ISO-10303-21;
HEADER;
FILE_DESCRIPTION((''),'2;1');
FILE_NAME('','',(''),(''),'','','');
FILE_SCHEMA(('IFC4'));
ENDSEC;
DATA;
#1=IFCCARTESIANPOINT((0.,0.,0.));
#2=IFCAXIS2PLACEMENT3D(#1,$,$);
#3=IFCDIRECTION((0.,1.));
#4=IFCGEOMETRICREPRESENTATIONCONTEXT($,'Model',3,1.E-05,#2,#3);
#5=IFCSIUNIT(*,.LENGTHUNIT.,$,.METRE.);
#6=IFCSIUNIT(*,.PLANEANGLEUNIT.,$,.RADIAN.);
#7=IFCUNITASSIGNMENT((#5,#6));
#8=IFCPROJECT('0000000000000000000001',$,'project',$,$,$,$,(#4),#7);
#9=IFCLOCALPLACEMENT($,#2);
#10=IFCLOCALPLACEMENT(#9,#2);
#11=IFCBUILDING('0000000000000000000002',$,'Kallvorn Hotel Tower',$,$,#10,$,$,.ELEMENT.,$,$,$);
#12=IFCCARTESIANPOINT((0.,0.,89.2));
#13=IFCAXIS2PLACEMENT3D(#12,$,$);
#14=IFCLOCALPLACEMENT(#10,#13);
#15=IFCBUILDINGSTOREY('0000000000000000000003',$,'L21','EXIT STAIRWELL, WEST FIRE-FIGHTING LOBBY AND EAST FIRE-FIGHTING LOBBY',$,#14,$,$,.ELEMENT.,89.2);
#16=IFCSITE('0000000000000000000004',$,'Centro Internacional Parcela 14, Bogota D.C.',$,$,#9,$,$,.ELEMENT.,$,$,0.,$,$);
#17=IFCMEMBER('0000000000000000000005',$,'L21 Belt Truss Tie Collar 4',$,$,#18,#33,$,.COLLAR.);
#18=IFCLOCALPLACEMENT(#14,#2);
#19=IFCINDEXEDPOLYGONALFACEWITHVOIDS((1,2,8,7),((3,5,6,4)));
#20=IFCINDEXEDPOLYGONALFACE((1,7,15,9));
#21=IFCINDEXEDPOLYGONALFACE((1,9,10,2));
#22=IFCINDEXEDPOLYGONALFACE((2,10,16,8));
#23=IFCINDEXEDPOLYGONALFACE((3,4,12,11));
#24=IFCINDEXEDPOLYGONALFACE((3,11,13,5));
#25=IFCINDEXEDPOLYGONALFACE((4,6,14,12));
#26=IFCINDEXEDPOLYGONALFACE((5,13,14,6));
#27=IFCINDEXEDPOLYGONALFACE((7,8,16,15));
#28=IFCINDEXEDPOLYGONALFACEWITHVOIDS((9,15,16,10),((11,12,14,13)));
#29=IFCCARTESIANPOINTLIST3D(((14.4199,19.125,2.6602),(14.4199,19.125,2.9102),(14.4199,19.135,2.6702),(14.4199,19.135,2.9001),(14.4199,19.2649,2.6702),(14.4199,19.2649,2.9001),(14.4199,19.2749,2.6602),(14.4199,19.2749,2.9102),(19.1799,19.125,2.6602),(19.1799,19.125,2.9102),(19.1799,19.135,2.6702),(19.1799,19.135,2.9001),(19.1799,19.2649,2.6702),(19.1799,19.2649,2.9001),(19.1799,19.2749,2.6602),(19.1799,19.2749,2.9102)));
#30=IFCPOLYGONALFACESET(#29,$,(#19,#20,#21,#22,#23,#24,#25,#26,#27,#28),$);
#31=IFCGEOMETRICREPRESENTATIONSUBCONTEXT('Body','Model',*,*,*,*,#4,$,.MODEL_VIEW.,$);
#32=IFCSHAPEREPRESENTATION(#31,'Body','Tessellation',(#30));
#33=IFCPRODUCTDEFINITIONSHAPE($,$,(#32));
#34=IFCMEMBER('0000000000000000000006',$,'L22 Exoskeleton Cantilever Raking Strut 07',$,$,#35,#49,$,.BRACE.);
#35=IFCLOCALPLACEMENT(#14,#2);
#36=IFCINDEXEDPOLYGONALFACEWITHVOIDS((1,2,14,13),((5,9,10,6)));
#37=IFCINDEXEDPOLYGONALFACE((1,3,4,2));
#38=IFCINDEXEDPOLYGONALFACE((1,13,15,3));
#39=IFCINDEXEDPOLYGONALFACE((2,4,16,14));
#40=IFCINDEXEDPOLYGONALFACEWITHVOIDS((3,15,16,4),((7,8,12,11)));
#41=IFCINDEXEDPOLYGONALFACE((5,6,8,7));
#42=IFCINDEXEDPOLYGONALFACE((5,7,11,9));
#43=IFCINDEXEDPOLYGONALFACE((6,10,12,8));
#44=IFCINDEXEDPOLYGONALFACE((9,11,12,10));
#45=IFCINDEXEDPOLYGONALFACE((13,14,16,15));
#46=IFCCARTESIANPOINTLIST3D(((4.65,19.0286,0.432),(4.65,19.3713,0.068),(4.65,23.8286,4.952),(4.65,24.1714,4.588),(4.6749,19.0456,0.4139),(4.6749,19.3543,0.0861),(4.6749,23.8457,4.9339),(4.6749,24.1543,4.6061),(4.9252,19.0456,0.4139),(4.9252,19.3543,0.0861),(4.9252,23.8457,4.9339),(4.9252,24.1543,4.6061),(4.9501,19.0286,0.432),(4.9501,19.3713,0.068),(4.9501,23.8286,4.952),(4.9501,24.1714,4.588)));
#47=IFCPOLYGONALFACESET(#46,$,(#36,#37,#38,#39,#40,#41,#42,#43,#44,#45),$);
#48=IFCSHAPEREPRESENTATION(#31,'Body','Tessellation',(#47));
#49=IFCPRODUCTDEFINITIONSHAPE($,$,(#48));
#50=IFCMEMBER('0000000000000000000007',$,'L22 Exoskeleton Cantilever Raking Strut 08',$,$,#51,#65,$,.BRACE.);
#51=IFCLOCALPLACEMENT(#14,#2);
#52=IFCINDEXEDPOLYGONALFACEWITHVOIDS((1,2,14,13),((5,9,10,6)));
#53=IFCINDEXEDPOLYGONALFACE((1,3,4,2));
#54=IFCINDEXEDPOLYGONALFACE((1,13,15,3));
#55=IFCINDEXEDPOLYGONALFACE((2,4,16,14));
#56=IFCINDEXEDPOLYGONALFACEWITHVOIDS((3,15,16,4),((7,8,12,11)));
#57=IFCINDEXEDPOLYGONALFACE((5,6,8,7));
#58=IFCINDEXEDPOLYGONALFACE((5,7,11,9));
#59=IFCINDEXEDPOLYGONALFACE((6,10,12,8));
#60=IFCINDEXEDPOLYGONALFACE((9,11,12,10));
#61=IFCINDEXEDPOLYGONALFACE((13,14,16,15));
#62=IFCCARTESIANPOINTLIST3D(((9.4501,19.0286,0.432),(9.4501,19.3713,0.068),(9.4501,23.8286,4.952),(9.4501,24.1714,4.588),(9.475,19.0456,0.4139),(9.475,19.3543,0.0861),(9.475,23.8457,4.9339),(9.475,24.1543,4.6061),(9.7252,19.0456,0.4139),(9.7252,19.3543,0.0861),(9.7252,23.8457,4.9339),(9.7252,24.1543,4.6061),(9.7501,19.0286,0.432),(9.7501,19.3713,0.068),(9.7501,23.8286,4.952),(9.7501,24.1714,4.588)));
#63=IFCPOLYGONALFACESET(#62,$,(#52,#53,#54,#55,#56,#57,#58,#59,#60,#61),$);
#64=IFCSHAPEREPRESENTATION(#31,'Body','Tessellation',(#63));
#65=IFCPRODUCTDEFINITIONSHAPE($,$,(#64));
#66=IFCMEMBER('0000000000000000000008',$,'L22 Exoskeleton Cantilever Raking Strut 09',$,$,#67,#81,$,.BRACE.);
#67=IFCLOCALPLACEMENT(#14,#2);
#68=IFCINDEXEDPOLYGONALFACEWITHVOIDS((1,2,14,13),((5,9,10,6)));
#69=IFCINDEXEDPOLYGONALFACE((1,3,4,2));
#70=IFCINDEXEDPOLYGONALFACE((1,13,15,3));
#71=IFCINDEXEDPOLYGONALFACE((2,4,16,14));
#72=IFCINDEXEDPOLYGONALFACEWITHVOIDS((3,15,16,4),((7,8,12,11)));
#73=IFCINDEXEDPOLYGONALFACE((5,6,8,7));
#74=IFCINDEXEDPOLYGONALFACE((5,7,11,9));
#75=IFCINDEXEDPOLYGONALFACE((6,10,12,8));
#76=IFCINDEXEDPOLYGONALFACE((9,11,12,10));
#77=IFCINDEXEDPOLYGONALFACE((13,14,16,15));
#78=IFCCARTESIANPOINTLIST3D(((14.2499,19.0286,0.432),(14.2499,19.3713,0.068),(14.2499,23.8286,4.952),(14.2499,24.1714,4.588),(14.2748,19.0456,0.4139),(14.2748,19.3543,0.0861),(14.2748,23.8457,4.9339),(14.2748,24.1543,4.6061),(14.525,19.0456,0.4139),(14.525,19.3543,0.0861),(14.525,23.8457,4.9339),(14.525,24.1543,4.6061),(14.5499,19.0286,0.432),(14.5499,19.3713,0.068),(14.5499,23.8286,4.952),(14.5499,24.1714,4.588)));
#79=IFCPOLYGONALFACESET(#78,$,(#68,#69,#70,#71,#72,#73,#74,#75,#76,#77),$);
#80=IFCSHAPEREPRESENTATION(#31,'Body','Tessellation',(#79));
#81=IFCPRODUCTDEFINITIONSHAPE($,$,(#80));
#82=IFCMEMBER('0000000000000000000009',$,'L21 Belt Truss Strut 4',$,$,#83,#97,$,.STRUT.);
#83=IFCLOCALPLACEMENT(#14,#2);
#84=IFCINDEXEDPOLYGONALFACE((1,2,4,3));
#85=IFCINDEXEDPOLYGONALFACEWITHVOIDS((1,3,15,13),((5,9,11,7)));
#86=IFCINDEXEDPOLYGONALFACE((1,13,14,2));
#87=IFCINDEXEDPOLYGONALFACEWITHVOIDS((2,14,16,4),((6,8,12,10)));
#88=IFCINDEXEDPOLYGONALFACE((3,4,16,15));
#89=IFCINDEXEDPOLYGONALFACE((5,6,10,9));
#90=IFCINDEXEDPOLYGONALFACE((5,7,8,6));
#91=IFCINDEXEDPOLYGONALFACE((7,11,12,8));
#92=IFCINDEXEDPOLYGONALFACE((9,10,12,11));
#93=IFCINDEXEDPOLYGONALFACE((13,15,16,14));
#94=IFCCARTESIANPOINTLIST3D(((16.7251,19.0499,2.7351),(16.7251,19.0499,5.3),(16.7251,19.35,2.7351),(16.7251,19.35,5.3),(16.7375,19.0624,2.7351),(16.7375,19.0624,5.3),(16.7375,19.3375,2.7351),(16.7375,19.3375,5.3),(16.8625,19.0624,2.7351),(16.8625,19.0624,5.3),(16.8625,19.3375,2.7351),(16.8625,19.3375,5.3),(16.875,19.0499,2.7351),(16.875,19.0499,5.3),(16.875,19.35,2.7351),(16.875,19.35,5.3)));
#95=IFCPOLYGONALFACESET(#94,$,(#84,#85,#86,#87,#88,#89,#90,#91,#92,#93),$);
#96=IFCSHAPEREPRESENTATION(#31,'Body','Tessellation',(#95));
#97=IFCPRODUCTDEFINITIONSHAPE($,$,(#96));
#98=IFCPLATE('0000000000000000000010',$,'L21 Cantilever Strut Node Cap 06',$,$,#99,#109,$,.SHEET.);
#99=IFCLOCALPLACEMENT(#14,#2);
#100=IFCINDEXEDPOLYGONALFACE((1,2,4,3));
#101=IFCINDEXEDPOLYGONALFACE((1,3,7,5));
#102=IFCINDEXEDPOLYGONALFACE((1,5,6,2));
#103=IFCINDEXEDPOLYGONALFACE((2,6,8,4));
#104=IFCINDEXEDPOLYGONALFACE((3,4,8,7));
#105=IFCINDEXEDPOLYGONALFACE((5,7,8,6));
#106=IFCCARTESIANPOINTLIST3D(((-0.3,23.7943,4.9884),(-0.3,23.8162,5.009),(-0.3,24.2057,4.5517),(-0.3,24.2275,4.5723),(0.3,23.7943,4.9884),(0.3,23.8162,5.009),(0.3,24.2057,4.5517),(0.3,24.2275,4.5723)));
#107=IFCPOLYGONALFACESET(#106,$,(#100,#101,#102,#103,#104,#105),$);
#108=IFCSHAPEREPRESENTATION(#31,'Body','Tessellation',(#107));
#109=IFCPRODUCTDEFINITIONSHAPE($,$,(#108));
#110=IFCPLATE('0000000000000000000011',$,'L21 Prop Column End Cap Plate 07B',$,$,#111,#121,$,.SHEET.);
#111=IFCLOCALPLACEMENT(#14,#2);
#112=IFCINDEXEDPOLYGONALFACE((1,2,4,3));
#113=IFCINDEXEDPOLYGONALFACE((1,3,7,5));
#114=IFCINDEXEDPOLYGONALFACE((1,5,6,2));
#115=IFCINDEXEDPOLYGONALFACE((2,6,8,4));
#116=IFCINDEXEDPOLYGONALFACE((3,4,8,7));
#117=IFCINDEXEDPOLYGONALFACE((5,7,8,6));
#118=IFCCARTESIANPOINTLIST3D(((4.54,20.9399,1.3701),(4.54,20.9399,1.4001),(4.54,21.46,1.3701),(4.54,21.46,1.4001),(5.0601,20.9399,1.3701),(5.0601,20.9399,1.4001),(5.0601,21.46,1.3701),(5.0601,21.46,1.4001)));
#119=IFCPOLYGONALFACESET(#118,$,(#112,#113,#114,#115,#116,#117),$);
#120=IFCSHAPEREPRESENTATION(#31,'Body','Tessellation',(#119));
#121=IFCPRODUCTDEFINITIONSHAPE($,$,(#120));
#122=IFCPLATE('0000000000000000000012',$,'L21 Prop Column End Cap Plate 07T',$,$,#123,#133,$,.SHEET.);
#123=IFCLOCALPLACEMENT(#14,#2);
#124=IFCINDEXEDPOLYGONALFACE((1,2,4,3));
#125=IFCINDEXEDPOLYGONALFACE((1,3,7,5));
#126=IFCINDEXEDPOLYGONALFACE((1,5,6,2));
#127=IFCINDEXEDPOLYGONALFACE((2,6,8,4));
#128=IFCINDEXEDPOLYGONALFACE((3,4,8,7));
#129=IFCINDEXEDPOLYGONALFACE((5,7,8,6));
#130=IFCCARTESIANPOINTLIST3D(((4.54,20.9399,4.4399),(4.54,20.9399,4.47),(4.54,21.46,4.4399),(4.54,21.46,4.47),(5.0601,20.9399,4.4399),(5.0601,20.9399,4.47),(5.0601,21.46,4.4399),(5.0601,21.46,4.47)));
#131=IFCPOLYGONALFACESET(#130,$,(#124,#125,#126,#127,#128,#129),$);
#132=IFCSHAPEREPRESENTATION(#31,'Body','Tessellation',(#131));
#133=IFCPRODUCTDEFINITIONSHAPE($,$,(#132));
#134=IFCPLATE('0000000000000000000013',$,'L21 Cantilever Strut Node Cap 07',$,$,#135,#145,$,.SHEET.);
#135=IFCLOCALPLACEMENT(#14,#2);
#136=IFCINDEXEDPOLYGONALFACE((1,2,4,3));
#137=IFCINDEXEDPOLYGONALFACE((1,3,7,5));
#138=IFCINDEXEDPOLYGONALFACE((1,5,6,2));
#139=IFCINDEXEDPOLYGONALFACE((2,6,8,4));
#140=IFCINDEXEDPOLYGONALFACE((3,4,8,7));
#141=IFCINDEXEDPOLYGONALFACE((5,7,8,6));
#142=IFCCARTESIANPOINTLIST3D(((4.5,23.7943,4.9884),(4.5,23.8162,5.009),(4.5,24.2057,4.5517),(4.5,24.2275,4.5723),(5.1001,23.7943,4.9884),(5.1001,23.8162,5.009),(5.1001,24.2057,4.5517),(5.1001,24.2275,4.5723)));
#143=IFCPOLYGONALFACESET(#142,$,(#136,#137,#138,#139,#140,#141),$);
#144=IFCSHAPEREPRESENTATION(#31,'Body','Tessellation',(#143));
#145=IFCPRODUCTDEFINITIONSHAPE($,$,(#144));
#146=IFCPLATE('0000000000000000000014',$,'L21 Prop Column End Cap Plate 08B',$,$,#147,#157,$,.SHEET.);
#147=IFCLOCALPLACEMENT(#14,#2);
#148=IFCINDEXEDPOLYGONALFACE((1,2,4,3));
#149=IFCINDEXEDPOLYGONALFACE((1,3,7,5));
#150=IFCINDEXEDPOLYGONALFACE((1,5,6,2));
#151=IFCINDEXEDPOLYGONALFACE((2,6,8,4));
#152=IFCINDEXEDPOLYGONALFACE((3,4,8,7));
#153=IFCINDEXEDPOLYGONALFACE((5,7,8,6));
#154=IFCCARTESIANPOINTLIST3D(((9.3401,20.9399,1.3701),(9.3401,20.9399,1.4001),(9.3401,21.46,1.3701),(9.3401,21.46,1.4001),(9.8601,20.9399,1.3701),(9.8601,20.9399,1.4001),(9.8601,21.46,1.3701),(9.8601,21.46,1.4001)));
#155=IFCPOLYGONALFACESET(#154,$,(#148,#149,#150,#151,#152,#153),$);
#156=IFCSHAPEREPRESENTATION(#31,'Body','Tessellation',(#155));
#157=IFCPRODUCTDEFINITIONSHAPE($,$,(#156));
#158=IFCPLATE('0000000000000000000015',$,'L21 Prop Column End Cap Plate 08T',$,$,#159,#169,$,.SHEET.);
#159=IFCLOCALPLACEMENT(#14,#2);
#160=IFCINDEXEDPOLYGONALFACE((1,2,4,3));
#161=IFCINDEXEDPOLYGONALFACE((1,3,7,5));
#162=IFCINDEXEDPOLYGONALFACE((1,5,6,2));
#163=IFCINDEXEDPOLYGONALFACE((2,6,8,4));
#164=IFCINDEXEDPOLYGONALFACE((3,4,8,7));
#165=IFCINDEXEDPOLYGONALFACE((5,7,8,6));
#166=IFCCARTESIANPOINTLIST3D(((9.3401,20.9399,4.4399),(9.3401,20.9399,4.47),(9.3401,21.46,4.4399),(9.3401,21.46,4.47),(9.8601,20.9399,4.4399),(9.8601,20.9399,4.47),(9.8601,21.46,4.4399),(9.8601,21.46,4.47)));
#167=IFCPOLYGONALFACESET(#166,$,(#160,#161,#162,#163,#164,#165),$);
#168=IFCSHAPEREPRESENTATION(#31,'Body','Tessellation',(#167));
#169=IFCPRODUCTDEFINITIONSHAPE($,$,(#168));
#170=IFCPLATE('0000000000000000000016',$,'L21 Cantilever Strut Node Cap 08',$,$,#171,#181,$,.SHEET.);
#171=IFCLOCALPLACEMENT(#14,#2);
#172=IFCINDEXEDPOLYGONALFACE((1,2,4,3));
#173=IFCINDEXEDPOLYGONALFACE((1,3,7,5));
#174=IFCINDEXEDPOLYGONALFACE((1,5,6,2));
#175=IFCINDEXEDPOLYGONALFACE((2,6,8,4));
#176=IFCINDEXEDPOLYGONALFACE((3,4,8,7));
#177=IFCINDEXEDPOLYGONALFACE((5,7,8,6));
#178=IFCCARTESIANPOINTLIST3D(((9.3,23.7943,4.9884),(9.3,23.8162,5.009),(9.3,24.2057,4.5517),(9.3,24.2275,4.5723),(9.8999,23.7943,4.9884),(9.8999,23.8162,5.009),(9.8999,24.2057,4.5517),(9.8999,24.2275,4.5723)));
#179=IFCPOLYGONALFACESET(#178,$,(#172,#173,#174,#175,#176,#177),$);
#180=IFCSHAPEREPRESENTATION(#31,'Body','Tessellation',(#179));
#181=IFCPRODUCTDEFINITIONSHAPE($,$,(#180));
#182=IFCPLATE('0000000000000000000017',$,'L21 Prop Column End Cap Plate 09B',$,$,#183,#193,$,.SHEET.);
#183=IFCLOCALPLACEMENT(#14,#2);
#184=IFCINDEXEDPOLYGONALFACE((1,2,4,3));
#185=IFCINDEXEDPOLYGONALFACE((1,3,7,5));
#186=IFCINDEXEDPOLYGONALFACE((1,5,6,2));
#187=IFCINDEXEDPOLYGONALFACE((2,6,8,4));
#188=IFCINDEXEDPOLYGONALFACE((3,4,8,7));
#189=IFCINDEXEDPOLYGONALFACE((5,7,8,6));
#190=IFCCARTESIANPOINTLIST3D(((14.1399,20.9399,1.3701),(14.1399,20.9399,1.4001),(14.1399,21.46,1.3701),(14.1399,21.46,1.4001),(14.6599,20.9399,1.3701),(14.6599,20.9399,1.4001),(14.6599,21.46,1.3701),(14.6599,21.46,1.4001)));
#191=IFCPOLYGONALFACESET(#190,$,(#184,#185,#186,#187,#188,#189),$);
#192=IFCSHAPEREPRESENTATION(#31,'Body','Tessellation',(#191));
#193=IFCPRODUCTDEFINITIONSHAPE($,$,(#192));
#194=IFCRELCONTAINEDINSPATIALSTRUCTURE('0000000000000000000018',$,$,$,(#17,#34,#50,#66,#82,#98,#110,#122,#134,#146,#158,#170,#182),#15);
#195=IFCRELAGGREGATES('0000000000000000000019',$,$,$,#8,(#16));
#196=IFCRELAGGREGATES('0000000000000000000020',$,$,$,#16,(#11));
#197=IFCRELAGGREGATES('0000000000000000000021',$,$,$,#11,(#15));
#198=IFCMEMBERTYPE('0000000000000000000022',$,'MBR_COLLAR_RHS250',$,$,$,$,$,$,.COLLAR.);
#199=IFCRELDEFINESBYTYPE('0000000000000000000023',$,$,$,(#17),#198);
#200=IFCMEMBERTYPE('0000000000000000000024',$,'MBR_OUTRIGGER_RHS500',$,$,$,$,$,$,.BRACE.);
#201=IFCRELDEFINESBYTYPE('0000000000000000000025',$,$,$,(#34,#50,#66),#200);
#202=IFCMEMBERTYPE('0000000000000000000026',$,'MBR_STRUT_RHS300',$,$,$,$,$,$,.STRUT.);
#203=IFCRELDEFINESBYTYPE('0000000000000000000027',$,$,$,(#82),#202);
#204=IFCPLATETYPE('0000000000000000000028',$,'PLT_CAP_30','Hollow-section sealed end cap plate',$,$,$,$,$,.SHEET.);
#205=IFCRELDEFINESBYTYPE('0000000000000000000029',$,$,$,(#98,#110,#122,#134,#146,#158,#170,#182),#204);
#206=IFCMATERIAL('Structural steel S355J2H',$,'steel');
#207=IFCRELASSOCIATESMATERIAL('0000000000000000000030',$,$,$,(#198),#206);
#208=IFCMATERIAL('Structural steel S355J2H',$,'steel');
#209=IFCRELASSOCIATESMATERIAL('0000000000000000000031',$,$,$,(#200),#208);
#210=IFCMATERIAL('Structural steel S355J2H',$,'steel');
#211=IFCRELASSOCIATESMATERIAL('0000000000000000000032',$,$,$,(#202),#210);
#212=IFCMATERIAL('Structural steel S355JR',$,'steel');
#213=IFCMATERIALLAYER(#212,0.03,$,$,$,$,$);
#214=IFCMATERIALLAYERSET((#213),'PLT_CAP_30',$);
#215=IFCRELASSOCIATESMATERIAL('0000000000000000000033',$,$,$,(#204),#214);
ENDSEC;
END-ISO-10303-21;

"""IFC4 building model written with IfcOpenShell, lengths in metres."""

from ifc_helpers import new_model, si_unit, direction, frame, origin, origin_2d, place, context, subcontext, project, spatial, polyline, rectangle, hollow_rectangle, outline, extrude, material, layer, layer_set, material_profile, profile_set, type_object, element, save


model = new_model("IFC4")

# Units and contexts
model_context = context("Model", 3, precision=1e-05, world=origin(), true_north=direction((0.0, 1.0)))
body_context = subcontext(model_context, "Body", "Model", "MODEL_VIEW")
ifc_project = project(units=[si_unit("LENGTHUNIT", "METRE"), si_unit("PLANEANGLEUNIT", "RADIAN")], contexts=[model_context])

# Site, building, storey
site_placement = place(None, origin())
site = spatial("IfcSite", under=ifc_project, at=site_placement, Name="Centro Internacional Parcela 14, Bogota D.C.", CompositionType="ELEMENT", RefElevation=0.0)
building_placement = place(site_placement, origin())
building = spatial("IfcBuilding", under=site, at=building_placement, Name="Kallvorn Hotel Tower", CompositionType="ELEMENT")
storey_placement = place(building_placement, frame((0.0, 0.0, 89.2)))
storey = spatial("IfcBuildingStorey", under=building, at=storey_placement, Name="L21", Description="EXIT STAIRWELL, WEST FIRE-FIGHTING LOBBY AND EAST FIRE-FIGHTING LOBBY", CompositionType="ELEMENT", Elevation=89.2)

# Members
ifc_material_1 = material(Name="Structural steel S355J2H", Category="steel")
ifc_material_profile_1 = material_profile(ifc_material_1, hollow_rectangle(XDim=0.1499, YDim=0.25, WallThickness=0.01, at=origin_2d()), Name="RHS 250x150x10")
ifc_profile_set_1 = profile_set([ifc_material_profile_1], Name="Structural steel S355J2H")
member_type_1 = type_object("IfcMemberType", Name="MBR_COLLAR_RHS250", PredefinedType="COLLAR", material=ifc_profile_set_1)
member_1_placement = place(storey_placement, frame((14.4199, 19.2, 2.7852), z_axis=(1.0, 0.0, 0.0), x_axis=(0.0, 1.0, 0.0)))
element("IfcMember", 1, at=member_1_placement, inside=storey, type_object=member_type_1, Name="L21 Belt Truss Tie Collar 4", PredefinedType="COLLAR", context=body_context, shape_type="SweptSolid", body=[
    extrude(hollow_rectangle(XDim=0.1499, YDim=0.25, WallThickness=0.01, at=origin_2d()), origin(), (0.0, 0.0, 1.0), 4.76),
])
ifc_material_2 = material(Name="Structural steel S355J2H", Category="steel")
ifc_material_profile_2 = material_profile(ifc_material_2, hollow_rectangle(XDim=0.3, YDim=0.5, WallThickness=0.0249, at=origin_2d()), Name="RHS 500x300x25")
ifc_profile_set_2 = profile_set([ifc_material_profile_2], Name="Structural steel S355J2H")
member_type_2 = type_object("IfcMemberType", Name="MBR_OUTRIGGER_RHS500", PredefinedType="BRACE", material=ifc_profile_set_2)
for number, where, z_axis, x_axis, name in (
    (2, (4.8, 19.2, 0.25), (0.0, 0.728024, 0.685552), (-1.0, 0.0, 0.0), "L22 Exoskeleton Cantilever Raking Strut 07"),
    (3, (9.6001, 19.2, 0.25), (0.0, 0.728024, 0.685552), (-1.0, 0.0, 0.0), "L22 Exoskeleton Cantilever Raking Strut 08"),
    (4, (14.3999, 19.2, 0.25), (0.0, 0.728024, 0.685552), (-1.0, 0.0, 0.0), "L22 Exoskeleton Cantilever Raking Strut 09"),
):
    element("IfcMember", number, at=place(storey_placement, frame(where, z_axis=z_axis, x_axis=x_axis)), inside=storey, type_object=member_type_2, Name=name, PredefinedType="BRACE", context=body_context, shape_type="SweptSolid", body=[
        extrude(hollow_rectangle(XDim=0.3, YDim=0.5, WallThickness=0.0249, at=origin_2d()), origin(), (0.0, 0.0, 1.0), 6.5933),
    ])
ifc_material_3 = material(Name="Structural steel S355J2H", Category="steel")
ifc_material_profile_3 = material_profile(ifc_material_3, hollow_rectangle(XDim=0.1499, YDim=0.3, WallThickness=0.0125, at=origin_2d()), Name="RHS 300x150x12.5")
ifc_profile_set_3 = profile_set([ifc_material_profile_3], Name="Structural steel S355J2H")
member_type_3 = type_object("IfcMemberType", Name="MBR_STRUT_RHS300", PredefinedType="STRUT", material=ifc_profile_set_3)
member_2_placement = place(storey_placement, frame((16.8, 19.2, 2.7351), z_axis=(0.0, 0.0, 1.0), x_axis=(1.0, 0.0, 0.0)))
element("IfcMember", 5, at=member_2_placement, inside=storey, type_object=member_type_3, Name="L21 Belt Truss Strut 4", PredefinedType="STRUT", context=body_context, shape_type="SweptSolid", body=[
    extrude(hollow_rectangle(XDim=0.1499, YDim=0.3, WallThickness=0.0125, at=origin_2d()), origin(), (0.0, 0.0, 1.0), 2.5649),
])

# Plates
ifc_material_4 = material(Name="Structural steel S355JR", Category="steel")
ifc_layer_1 = layer(ifc_material_4, 0.03)
ifc_layer_set_1 = layer_set([ifc_layer_1], Name="PLT_CAP_30")
plate_type_1 = type_object("IfcPlateType", Name="PLT_CAP_30", Description="Hollow-section sealed end cap plate", PredefinedType="SHEET", material=ifc_layer_set_1)
plate_1_placement = place(storey_placement, frame((0.3, 24.2275, 4.5723), z_axis=(0.0, 0.727949, 0.685631), x_axis=(-1.0, 0.0, 0.0)))
element("IfcPlate", 6, at=plate_1_placement, inside=storey, type_object=plate_type_1, Name="L21 Cantilever Strut Node Cap 06", PredefinedType="SHEET", context=body_context, shape_type="SweptSolid", body=[
    extrude(outline(polyline([(0.0, 0.0), (0.6001, 0.0), (0.6001, 0.6), (0.0, 0.6), (0.0, 0.0)])), origin(), (0.0, 0.0, -1.0), 0.03),
])
for number, where, z_axis, x_axis, name in (
    (7, (4.8, 21.2, 1.3701), (0.0, 0.0, 1.0), (1.0, 0.0, 0.0), "L21 Prop Column End Cap Plate 07B"),
    (8, (4.8, 21.2, 4.4399), (0.0, 0.0, 1.0), (1.0, 0.0, 0.0), "L21 Prop Column End Cap Plate 07T"),
):
    element("IfcPlate", number, at=place(storey_placement, frame(where, z_axis=z_axis, x_axis=x_axis)), inside=storey, type_object=plate_type_1, Name=name, PredefinedType="SHEET", context=body_context, shape_type="SweptSolid", body=[
        extrude(rectangle(XDim=0.52, YDim=0.52, at=origin_2d()), origin(), (0.0, 0.0, 1.0), 0.03),
    ])
plate_2_placement = place(storey_placement, frame((5.1001, 24.2275, 4.5723), z_axis=(0.0, 0.727949, 0.685631), x_axis=(-1.0, 0.0, 0.0)))
element("IfcPlate", 9, at=plate_2_placement, inside=storey, type_object=plate_type_1, Name="L21 Cantilever Strut Node Cap 07", PredefinedType="SHEET", context=body_context, shape_type="SweptSolid", body=[
    extrude(outline(polyline([(0.0, 0.0), (0.6001, 0.0), (0.6001, 0.6), (0.0, 0.6), (0.0, 0.0)])), origin(), (0.0, 0.0, -1.0), 0.03),
])
for number, where, z_axis, x_axis, name in (
    (10, (9.6001, 21.2, 1.3701), (0.0, 0.0, 1.0), (1.0, 0.0, 0.0), "L21 Prop Column End Cap Plate 08B"),
    (11, (9.6001, 21.2, 4.4399), (0.0, 0.0, 1.0), (1.0, 0.0, 0.0), "L21 Prop Column End Cap Plate 08T"),
):
    element("IfcPlate", number, at=place(storey_placement, frame(where, z_axis=z_axis, x_axis=x_axis)), inside=storey, type_object=plate_type_1, Name=name, PredefinedType="SHEET", context=body_context, shape_type="SweptSolid", body=[
        extrude(rectangle(XDim=0.52, YDim=0.52, at=origin_2d()), origin(), (0.0, 0.0, 1.0), 0.03),
    ])
plate_3_placement = place(storey_placement, frame((9.8999, 24.2275, 4.5723), z_axis=(0.0, 0.727949, 0.685631), x_axis=(-1.0, 0.0, 0.0)))
element("IfcPlate", 12, at=plate_3_placement, inside=storey, type_object=plate_type_1, Name="L21 Cantilever Strut Node Cap 08", PredefinedType="SHEET", context=body_context, shape_type="SweptSolid", body=[
    extrude(outline(polyline([(0.0, 0.0), (0.5999, 0.0), (0.5999, 0.6), (0.0, 0.6), (0.0, 0.0)])), origin(), (0.0, 0.0, -1.0), 0.03),
])
for number, where, z_axis, x_axis, name in (
    (13, (14.3999, 21.2, 1.3701), (0.0, 0.0, 1.0), (1.0, 0.0, 0.0), "L21 Prop Column End Cap Plate 09B"),
):
    element("IfcPlate", number, at=place(storey_placement, frame(where, z_axis=z_axis, x_axis=x_axis)), inside=storey, type_object=plate_type_1, Name=name, PredefinedType="SHEET", context=body_context, shape_type="SweptSolid", body=[
        extrude(rectangle(XDim=0.52, YDim=0.52, at=origin_2d()), origin(), (0.0, 0.0, 1.0), 0.03),
    ])

save(model, "model.ifc")
